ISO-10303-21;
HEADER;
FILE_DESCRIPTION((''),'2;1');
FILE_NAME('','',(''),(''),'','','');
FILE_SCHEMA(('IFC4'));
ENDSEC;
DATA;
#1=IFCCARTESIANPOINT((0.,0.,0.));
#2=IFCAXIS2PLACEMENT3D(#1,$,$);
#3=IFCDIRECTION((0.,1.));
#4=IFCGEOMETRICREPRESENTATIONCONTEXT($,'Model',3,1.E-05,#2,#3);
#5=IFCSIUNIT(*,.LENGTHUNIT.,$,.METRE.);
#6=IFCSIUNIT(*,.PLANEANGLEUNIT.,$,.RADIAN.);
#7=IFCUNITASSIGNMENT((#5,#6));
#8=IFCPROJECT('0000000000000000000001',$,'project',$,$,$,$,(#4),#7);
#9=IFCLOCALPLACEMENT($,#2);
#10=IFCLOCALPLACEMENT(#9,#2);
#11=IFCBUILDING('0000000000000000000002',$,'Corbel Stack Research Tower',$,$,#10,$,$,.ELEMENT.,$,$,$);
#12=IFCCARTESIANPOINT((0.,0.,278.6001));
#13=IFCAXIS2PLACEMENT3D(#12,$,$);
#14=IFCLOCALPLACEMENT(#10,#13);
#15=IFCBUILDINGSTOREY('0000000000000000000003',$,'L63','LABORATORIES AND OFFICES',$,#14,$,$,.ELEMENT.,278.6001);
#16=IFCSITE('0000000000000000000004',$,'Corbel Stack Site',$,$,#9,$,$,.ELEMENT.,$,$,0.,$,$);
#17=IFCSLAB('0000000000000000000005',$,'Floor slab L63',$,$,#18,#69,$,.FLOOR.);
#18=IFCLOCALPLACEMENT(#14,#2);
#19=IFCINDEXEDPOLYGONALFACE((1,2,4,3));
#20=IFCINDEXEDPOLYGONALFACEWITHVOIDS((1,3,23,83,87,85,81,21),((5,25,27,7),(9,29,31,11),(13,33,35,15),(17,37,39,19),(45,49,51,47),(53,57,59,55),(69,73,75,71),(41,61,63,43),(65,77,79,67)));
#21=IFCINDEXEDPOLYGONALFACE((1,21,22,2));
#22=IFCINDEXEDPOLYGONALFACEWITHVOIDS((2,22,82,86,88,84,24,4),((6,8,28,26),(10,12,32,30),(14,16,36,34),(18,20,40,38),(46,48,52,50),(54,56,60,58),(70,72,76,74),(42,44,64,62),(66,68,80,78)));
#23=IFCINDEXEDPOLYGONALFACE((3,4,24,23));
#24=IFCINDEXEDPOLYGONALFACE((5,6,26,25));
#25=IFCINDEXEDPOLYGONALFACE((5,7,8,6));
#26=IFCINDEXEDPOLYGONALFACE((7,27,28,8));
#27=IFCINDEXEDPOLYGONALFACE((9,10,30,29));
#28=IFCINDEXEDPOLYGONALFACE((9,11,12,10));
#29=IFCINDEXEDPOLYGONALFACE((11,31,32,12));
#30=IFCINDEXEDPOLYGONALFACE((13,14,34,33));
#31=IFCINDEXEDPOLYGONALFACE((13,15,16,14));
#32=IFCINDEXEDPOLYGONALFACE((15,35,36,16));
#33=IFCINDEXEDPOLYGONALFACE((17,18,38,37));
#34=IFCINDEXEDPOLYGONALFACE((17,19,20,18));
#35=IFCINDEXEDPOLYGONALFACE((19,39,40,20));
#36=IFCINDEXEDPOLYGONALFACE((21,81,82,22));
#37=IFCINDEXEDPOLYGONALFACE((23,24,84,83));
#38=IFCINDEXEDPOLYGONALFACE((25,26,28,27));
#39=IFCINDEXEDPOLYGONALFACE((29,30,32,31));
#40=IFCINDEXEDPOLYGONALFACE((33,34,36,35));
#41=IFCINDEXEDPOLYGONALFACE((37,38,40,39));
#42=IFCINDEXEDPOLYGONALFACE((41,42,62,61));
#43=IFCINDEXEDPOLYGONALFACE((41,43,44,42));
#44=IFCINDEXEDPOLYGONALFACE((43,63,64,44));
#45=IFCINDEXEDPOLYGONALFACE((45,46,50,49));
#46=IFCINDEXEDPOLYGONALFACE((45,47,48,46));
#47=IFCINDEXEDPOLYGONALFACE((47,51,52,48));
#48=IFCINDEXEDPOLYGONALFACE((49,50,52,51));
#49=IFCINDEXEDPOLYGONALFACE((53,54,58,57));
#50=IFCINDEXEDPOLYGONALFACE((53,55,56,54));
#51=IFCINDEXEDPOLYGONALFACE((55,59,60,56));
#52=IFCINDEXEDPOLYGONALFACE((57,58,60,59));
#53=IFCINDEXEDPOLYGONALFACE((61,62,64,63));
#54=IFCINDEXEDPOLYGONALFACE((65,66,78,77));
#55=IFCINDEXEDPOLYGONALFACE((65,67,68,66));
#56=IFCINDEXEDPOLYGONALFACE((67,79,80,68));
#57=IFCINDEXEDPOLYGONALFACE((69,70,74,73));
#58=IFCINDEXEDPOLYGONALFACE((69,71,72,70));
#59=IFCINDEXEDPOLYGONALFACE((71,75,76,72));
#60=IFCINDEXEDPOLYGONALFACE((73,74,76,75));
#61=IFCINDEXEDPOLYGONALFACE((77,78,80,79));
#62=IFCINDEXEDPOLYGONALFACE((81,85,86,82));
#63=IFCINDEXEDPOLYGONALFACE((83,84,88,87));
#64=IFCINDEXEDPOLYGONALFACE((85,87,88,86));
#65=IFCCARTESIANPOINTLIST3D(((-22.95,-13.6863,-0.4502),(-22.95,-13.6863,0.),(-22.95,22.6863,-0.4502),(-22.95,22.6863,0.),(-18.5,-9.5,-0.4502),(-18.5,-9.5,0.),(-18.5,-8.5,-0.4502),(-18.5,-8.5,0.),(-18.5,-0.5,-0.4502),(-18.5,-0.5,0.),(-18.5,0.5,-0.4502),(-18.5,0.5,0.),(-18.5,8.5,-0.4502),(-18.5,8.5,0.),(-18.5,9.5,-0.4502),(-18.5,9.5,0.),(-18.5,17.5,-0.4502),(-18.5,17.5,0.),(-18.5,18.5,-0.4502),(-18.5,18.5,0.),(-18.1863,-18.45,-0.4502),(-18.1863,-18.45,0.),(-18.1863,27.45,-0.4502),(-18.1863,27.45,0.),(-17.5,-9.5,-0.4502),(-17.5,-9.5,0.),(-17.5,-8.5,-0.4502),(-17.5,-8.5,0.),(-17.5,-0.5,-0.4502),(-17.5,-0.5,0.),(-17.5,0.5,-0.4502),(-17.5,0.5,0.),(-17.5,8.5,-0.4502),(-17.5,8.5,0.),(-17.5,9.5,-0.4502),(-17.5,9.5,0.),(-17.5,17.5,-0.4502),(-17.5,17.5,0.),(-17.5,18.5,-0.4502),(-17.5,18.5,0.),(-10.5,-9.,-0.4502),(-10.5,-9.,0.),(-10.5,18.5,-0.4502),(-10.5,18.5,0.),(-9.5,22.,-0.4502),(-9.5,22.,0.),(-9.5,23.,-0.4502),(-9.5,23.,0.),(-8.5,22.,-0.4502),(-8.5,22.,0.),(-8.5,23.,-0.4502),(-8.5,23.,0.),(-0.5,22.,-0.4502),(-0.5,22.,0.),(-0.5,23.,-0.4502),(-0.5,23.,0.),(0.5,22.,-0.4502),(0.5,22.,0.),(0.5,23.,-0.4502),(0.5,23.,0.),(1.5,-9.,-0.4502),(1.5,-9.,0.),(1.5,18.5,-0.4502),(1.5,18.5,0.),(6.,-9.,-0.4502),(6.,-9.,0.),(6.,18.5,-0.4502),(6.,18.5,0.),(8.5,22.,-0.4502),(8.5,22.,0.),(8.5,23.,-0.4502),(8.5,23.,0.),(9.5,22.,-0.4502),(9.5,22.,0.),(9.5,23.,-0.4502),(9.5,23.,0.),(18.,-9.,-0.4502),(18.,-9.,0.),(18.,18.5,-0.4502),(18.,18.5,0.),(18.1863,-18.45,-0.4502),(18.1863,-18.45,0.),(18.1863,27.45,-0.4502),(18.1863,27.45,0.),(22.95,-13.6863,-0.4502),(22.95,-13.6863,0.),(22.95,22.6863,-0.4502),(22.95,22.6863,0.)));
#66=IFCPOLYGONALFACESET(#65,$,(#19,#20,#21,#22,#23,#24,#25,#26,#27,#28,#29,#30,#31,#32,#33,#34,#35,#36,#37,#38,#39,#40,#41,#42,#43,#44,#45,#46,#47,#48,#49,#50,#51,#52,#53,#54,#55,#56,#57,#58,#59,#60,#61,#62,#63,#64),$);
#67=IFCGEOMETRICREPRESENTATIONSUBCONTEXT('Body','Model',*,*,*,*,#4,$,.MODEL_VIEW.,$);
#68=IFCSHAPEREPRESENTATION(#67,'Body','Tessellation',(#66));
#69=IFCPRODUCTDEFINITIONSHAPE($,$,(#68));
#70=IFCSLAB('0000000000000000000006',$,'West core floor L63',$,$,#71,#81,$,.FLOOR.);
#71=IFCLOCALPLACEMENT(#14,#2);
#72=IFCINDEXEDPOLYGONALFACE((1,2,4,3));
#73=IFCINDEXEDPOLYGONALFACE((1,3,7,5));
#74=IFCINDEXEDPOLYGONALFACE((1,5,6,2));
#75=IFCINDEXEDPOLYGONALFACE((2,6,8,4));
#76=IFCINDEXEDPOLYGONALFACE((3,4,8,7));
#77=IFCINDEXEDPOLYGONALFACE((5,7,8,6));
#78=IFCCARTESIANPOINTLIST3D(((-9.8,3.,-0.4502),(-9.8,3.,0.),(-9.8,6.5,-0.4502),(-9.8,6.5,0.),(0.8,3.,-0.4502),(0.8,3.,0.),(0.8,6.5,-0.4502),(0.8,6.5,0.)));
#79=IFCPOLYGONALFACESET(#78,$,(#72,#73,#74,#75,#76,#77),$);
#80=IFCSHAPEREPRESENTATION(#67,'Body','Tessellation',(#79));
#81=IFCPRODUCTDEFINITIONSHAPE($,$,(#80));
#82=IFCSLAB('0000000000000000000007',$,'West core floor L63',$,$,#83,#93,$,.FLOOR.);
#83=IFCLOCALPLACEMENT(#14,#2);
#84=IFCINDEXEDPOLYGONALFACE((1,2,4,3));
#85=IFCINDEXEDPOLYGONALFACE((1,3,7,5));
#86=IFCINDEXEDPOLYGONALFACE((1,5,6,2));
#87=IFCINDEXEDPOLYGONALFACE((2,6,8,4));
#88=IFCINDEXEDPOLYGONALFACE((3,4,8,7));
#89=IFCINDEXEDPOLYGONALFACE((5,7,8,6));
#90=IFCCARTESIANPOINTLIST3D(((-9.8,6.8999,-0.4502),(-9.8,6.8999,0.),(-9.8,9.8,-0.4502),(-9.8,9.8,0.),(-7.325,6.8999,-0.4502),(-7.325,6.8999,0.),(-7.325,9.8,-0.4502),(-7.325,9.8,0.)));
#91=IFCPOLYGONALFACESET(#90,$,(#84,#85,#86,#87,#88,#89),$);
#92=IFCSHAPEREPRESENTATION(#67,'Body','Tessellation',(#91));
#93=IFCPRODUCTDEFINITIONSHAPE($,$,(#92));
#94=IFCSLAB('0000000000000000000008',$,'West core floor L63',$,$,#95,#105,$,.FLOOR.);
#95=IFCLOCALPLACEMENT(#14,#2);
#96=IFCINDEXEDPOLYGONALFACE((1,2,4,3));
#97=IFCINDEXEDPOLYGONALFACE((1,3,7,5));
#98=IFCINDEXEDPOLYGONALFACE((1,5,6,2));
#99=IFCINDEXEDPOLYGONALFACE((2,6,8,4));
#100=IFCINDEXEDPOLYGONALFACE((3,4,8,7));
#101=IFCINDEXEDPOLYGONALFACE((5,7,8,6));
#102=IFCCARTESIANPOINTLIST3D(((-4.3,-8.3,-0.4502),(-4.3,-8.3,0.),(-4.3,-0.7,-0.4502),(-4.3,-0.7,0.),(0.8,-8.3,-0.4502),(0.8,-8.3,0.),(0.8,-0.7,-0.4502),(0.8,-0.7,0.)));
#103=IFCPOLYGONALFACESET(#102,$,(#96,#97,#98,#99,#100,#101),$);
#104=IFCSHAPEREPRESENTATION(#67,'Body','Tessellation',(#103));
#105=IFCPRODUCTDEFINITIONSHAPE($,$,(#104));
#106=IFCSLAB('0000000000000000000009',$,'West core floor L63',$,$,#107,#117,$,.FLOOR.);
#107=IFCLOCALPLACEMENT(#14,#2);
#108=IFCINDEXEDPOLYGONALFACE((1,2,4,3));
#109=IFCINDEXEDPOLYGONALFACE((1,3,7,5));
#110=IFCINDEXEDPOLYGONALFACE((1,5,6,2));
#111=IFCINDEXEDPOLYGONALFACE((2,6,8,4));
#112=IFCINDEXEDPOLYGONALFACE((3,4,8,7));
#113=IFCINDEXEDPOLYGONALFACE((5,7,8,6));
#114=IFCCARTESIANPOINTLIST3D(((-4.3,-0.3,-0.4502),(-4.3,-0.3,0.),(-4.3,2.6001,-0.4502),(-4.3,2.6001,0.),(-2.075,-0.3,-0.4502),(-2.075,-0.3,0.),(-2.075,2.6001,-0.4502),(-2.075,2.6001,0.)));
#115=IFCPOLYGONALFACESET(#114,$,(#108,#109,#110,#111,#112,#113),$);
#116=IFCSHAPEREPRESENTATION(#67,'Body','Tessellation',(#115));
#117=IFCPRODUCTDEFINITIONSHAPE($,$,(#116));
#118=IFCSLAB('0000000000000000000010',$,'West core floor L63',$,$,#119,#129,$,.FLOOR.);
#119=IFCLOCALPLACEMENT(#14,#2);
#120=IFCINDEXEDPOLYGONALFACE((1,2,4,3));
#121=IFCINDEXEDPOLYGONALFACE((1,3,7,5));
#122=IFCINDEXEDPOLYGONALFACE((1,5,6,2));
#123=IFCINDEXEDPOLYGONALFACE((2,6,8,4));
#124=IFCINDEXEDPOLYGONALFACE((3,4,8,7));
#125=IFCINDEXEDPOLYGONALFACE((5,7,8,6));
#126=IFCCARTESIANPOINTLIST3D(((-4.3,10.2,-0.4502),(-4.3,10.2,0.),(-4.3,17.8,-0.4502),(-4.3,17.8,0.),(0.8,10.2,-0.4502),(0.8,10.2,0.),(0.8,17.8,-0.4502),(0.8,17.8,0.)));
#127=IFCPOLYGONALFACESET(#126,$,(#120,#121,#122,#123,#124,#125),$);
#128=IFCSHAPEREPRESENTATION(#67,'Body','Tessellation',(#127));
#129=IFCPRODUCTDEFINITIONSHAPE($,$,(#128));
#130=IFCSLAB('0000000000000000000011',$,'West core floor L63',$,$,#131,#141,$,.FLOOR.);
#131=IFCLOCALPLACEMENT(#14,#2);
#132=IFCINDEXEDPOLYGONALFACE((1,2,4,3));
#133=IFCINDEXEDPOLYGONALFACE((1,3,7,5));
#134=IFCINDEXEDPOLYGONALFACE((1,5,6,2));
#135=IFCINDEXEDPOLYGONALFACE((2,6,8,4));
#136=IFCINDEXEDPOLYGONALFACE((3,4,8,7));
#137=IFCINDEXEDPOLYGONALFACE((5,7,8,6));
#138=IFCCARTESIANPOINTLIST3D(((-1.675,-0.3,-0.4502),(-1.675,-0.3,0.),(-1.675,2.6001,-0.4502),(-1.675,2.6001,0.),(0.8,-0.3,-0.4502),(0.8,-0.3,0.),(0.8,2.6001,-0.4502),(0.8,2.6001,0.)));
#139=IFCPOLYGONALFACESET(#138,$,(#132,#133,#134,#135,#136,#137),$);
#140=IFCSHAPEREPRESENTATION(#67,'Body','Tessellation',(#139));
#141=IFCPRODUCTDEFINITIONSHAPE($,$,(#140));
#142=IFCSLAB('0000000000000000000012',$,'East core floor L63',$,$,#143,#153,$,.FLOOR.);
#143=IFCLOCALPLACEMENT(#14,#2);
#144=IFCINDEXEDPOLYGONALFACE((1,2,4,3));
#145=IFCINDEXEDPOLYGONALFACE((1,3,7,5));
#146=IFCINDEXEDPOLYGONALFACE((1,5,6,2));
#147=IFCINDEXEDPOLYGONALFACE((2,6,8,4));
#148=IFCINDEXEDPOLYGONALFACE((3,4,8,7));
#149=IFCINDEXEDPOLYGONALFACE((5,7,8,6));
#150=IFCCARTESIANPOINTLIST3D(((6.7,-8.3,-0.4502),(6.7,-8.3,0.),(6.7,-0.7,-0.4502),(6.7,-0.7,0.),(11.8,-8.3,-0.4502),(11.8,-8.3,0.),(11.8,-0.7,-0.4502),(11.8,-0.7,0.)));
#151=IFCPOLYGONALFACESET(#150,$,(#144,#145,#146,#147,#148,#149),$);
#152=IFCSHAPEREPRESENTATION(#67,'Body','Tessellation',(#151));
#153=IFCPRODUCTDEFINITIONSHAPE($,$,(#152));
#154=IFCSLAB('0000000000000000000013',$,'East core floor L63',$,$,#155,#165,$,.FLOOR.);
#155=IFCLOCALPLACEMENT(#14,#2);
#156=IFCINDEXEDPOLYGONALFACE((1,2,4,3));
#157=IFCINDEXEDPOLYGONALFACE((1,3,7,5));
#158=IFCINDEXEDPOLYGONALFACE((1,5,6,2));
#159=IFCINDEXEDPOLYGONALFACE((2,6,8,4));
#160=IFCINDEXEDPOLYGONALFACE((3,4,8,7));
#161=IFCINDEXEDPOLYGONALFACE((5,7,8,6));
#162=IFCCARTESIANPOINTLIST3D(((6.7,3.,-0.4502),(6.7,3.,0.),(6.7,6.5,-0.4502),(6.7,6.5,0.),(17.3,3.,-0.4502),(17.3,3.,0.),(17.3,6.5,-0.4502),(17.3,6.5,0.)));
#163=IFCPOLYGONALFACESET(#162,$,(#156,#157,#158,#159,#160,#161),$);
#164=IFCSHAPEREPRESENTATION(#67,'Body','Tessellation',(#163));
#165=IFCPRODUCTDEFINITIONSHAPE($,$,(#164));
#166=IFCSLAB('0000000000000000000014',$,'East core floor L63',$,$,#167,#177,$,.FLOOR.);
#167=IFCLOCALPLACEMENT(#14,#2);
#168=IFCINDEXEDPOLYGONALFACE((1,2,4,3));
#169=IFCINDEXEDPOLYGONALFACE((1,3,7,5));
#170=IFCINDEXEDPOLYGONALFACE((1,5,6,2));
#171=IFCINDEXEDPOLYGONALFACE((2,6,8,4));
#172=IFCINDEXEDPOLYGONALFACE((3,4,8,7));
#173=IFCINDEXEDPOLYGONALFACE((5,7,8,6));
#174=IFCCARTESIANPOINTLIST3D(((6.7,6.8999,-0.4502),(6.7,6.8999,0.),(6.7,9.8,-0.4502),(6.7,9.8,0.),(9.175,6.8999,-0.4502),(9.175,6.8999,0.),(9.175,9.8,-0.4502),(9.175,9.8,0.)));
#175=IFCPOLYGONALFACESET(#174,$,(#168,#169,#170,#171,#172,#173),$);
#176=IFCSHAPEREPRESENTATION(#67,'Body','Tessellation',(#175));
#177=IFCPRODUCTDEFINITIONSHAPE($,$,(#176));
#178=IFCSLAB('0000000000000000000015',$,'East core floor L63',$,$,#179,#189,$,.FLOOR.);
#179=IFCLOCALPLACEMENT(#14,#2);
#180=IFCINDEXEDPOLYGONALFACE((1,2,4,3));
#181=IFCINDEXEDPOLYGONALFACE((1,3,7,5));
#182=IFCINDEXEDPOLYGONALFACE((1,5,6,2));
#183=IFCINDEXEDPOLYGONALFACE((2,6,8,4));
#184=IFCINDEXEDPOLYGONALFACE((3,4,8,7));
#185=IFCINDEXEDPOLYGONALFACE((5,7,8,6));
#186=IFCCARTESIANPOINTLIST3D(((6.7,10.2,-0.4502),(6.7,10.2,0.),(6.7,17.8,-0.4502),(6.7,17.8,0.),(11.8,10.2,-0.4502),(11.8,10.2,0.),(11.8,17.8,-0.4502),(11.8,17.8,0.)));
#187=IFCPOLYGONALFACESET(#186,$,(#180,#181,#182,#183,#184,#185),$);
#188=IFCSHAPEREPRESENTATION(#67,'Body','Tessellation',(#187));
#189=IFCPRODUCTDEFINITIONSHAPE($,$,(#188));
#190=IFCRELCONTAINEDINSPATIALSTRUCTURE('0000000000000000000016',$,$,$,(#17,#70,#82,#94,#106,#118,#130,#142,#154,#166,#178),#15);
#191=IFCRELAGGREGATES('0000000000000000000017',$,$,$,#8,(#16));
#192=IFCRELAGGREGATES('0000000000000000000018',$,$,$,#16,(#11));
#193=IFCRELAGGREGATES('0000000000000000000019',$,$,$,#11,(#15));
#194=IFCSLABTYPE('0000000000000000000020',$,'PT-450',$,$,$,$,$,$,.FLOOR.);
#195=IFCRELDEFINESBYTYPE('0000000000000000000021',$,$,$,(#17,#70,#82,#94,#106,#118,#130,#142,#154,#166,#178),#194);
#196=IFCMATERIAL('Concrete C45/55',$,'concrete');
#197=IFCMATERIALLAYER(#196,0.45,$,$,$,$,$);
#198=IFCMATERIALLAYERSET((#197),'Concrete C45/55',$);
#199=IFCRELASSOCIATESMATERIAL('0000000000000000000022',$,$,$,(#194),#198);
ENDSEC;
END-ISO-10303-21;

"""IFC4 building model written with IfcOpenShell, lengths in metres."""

from ifc_helpers import new_model, si_unit, direction, frame, origin, place, context, subcontext, project, spatial, polyline, outline, extrude, material, layer, layer_set, type_object, element, save


model = new_model("IFC4")

# Units and contexts
model_context = context("Model", 3, precision=1e-05, world=origin(), true_north=direction((0.0, 1.0)))
body_context = subcontext(model_context, "Body", "Model", "MODEL_VIEW")
ifc_project = project(units=[si_unit("LENGTHUNIT", "METRE"), si_unit("PLANEANGLEUNIT", "RADIAN")], contexts=[model_context])

# Site, building, storey
site_placement = place(None, origin())
site = spatial("IfcSite", under=ifc_project, at=site_placement, Name="Corbel Stack Site", CompositionType="ELEMENT", RefElevation=0.0)
building_placement = place(site_placement, origin())
building = spatial("IfcBuilding", under=site, at=building_placement, Name="Corbel Stack Research Tower", CompositionType="ELEMENT")
storey_placement = place(building_placement, frame((0.0, 0.0, 278.6001)))
storey = spatial("IfcBuildingStorey", under=building, at=storey_placement, Name="L63", Description="LABORATORIES AND OFFICES", CompositionType="ELEMENT", Elevation=278.6001)

# Slabs
ifc_material_1 = material(Name="Concrete C45/55", Category="concrete")
ifc_layer_1 = layer(ifc_material_1, 0.45)
ifc_layer_set_1 = layer_set([ifc_layer_1], Name="Concrete C45/55")
slab_type = type_object("IfcSlabType", Name="PT-450", PredefinedType="FLOOR", material=ifc_layer_set_1)
slab_1_placement = place(storey_placement, frame((0.0, 0.0, -0.4502)))
element("IfcSlab", 1, at=slab_1_placement, inside=storey, type_object=slab_type, Name="Floor slab L63", PredefinedType="FLOOR", context=body_context, shape_type="SweptSolid", body=[
    extrude(outline(polyline([(-18.1863, -18.45), (18.1863, -18.45), (22.95, -13.6863), (22.95, 22.6863), (18.1863, 27.45), (-18.1863, 27.45), (-22.95, 22.6863), (-22.95, -13.6863), (-18.1863, -18.45)]), holes=[polyline([(18.0, 18.5), (18.0, -9.0), (6.0, -9.0), (6.0, 18.5), (18.0, 18.5)]), polyline([(9.5, 22.0), (8.5, 22.0), (8.5, 23.0), (9.5, 23.0), (9.5, 22.0)]), polyline([(1.5, 18.5), (1.5, -9.0), (-10.5, -9.0), (-10.5, 18.5), (1.5, 18.5)]), polyline([(0.5, 22.0), (-0.5, 22.0), (-0.5, 23.0), (0.5, 23.0), (0.5, 22.0)]), polyline([(-8.5, 23.0), (-8.5, 22.0), (-9.5, 22.0), (-9.5, 23.0), (-8.5, 23.0)]), polyline([(-17.5, -8.5), (-17.5, -9.5), (-18.5, -9.5), (-18.5, -8.5), (-17.5, -8.5)]), polyline([(-17.5, 0.5), (-17.5, -0.5), (-18.5, -0.5), (-18.5, 0.5), (-17.5, 0.5)]), polyline([(-17.5, 9.5), (-17.5, 8.5), (-18.5, 8.5), (-18.5, 9.5), (-17.5, 9.5)]), polyline([(-17.5, 18.5), (-17.5, 17.5), (-18.5, 17.5), (-18.5, 18.5), (-17.5, 18.5)])]), origin(), (0.0, 0.0, 1.0), 0.4502),
])
slab_2_placement = place(storey_placement, frame((0.0, 0.0, -0.4502)))
element("IfcSlab", 2, at=slab_2_placement, inside=storey, type_object=slab_type, Name="West core floor L63", PredefinedType="FLOOR", context=body_context, shape_type="SweptSolid", body=[
    extrude(outline(polyline([(-9.8, 6.5), (-9.8, 3.0), (0.8, 3.0), (0.8, 6.5), (-9.8, 6.5)])), origin(), (0.0, 0.0, 1.0), 0.4502),
])
slab_3_placement = place(storey_placement, frame((0.0, 0.0, -0.4502)))
element("IfcSlab", 3, at=slab_3_placement, inside=storey, type_object=slab_type, Name="West core floor L63", PredefinedType="FLOOR", context=body_context, shape_type="SweptSolid", body=[
    extrude(outline(polyline([(-9.8, 6.8999), (-7.325, 6.8999), (-7.325, 9.8), (-9.8, 9.8), (-9.8, 6.8999)])), origin(), (0.0, 0.0, 1.0), 0.4502),
])
slab_4_placement = place(storey_placement, frame((0.0, 0.0, -0.4502)))
element("IfcSlab", 4, at=slab_4_placement, inside=storey, type_object=slab_type, Name="West core floor L63", PredefinedType="FLOOR", context=body_context, shape_type="SweptSolid", body=[
    extrude(outline(polyline([(-4.3, -0.7), (-4.3, -8.3), (0.8, -8.3), (0.8, -0.7), (-4.3, -0.7)])), origin(), (0.0, 0.0, 1.0), 0.4502),
])
slab_5_placement = place(storey_placement, frame((0.0, 0.0, -0.4502)))
element("IfcSlab", 5, at=slab_5_placement, inside=storey, type_object=slab_type, Name="West core floor L63", PredefinedType="FLOOR", context=body_context, shape_type="SweptSolid", body=[
    extrude(outline(polyline([(-4.3, 2.6001), (-4.3, -0.3), (-2.075, -0.3), (-2.075, 2.6001), (-4.3, 2.6001)])), origin(), (0.0, 0.0, 1.0), 0.4502),
])
slab_6_placement = place(storey_placement, frame((0.0, 0.0, -0.4502)))
element("IfcSlab", 6, at=slab_6_placement, inside=storey, type_object=slab_type, Name="West core floor L63", PredefinedType="FLOOR", context=body_context, shape_type="SweptSolid", body=[
    extrude(outline(polyline([(-4.3, 17.8), (-4.3, 10.2), (0.8, 10.2), (0.8, 17.8), (-4.3, 17.8)])), origin(), (0.0, 0.0, 1.0), 0.4502),
])
slab_7_placement = place(storey_placement, frame((0.0, 0.0, -0.4502)))
element("IfcSlab", 7, at=slab_7_placement, inside=storey, type_object=slab_type, Name="West core floor L63", PredefinedType="FLOOR", context=body_context, shape_type="SweptSolid", body=[
    extrude(outline(polyline([(-1.675, 2.6001), (-1.675, -0.3), (0.8, -0.3), (0.8, 2.6001), (-1.675, 2.6001)])), origin(), (0.0, 0.0, 1.0), 0.4502),
])
slab_8_placement = place(storey_placement, frame((0.0, 0.0, -0.4502)))
element("IfcSlab", 8, at=slab_8_placement, inside=storey, type_object=slab_type, Name="East core floor L63", PredefinedType="FLOOR", context=body_context, shape_type="SweptSolid", body=[
    extrude(outline(polyline([(6.7, -8.3), (11.8, -8.3), (11.8, -0.7), (6.7, -0.7), (6.7, -8.3)])), origin(), (0.0, 0.0, 1.0), 0.4502),
])
slab_9_placement = place(storey_placement, frame((0.0, 0.0, -0.4502)))
element("IfcSlab", 9, at=slab_9_placement, inside=storey, type_object=slab_type, Name="East core floor L63", PredefinedType="FLOOR", context=body_context, shape_type="SweptSolid", body=[
    extrude(outline(polyline([(6.7, 3.0), (17.3, 3.0), (17.3, 6.5), (6.7, 6.5), (6.7, 3.0)])), origin(), (0.0, 0.0, 1.0), 0.4502),
])
slab_10_placement = place(storey_placement, frame((0.0, 0.0, -0.4502)))
element("IfcSlab", 10, at=slab_10_placement, inside=storey, type_object=slab_type, Name="East core floor L63", PredefinedType="FLOOR", context=body_context, shape_type="SweptSolid", body=[
    extrude(outline(polyline([(6.7, 6.8999), (9.175, 6.8999), (9.175, 9.8), (6.7, 9.8), (6.7, 6.8999)])), origin(), (0.0, 0.0, 1.0), 0.4502),
])
slab_11_placement = place(storey_placement, frame((0.0, 0.0, -0.4502)))
element("IfcSlab", 11, at=slab_11_placement, inside=storey, type_object=slab_type, Name="East core floor L63", PredefinedType="FLOOR", context=body_context, shape_type="SweptSolid", body=[
    extrude(outline(polyline([(6.7, 10.2), (11.8, 10.2), (11.8, 17.8), (6.7, 17.8), (6.7, 10.2)])), origin(), (0.0, 0.0, 1.0), 0.4502),
])

save(model, "model.ifc")
